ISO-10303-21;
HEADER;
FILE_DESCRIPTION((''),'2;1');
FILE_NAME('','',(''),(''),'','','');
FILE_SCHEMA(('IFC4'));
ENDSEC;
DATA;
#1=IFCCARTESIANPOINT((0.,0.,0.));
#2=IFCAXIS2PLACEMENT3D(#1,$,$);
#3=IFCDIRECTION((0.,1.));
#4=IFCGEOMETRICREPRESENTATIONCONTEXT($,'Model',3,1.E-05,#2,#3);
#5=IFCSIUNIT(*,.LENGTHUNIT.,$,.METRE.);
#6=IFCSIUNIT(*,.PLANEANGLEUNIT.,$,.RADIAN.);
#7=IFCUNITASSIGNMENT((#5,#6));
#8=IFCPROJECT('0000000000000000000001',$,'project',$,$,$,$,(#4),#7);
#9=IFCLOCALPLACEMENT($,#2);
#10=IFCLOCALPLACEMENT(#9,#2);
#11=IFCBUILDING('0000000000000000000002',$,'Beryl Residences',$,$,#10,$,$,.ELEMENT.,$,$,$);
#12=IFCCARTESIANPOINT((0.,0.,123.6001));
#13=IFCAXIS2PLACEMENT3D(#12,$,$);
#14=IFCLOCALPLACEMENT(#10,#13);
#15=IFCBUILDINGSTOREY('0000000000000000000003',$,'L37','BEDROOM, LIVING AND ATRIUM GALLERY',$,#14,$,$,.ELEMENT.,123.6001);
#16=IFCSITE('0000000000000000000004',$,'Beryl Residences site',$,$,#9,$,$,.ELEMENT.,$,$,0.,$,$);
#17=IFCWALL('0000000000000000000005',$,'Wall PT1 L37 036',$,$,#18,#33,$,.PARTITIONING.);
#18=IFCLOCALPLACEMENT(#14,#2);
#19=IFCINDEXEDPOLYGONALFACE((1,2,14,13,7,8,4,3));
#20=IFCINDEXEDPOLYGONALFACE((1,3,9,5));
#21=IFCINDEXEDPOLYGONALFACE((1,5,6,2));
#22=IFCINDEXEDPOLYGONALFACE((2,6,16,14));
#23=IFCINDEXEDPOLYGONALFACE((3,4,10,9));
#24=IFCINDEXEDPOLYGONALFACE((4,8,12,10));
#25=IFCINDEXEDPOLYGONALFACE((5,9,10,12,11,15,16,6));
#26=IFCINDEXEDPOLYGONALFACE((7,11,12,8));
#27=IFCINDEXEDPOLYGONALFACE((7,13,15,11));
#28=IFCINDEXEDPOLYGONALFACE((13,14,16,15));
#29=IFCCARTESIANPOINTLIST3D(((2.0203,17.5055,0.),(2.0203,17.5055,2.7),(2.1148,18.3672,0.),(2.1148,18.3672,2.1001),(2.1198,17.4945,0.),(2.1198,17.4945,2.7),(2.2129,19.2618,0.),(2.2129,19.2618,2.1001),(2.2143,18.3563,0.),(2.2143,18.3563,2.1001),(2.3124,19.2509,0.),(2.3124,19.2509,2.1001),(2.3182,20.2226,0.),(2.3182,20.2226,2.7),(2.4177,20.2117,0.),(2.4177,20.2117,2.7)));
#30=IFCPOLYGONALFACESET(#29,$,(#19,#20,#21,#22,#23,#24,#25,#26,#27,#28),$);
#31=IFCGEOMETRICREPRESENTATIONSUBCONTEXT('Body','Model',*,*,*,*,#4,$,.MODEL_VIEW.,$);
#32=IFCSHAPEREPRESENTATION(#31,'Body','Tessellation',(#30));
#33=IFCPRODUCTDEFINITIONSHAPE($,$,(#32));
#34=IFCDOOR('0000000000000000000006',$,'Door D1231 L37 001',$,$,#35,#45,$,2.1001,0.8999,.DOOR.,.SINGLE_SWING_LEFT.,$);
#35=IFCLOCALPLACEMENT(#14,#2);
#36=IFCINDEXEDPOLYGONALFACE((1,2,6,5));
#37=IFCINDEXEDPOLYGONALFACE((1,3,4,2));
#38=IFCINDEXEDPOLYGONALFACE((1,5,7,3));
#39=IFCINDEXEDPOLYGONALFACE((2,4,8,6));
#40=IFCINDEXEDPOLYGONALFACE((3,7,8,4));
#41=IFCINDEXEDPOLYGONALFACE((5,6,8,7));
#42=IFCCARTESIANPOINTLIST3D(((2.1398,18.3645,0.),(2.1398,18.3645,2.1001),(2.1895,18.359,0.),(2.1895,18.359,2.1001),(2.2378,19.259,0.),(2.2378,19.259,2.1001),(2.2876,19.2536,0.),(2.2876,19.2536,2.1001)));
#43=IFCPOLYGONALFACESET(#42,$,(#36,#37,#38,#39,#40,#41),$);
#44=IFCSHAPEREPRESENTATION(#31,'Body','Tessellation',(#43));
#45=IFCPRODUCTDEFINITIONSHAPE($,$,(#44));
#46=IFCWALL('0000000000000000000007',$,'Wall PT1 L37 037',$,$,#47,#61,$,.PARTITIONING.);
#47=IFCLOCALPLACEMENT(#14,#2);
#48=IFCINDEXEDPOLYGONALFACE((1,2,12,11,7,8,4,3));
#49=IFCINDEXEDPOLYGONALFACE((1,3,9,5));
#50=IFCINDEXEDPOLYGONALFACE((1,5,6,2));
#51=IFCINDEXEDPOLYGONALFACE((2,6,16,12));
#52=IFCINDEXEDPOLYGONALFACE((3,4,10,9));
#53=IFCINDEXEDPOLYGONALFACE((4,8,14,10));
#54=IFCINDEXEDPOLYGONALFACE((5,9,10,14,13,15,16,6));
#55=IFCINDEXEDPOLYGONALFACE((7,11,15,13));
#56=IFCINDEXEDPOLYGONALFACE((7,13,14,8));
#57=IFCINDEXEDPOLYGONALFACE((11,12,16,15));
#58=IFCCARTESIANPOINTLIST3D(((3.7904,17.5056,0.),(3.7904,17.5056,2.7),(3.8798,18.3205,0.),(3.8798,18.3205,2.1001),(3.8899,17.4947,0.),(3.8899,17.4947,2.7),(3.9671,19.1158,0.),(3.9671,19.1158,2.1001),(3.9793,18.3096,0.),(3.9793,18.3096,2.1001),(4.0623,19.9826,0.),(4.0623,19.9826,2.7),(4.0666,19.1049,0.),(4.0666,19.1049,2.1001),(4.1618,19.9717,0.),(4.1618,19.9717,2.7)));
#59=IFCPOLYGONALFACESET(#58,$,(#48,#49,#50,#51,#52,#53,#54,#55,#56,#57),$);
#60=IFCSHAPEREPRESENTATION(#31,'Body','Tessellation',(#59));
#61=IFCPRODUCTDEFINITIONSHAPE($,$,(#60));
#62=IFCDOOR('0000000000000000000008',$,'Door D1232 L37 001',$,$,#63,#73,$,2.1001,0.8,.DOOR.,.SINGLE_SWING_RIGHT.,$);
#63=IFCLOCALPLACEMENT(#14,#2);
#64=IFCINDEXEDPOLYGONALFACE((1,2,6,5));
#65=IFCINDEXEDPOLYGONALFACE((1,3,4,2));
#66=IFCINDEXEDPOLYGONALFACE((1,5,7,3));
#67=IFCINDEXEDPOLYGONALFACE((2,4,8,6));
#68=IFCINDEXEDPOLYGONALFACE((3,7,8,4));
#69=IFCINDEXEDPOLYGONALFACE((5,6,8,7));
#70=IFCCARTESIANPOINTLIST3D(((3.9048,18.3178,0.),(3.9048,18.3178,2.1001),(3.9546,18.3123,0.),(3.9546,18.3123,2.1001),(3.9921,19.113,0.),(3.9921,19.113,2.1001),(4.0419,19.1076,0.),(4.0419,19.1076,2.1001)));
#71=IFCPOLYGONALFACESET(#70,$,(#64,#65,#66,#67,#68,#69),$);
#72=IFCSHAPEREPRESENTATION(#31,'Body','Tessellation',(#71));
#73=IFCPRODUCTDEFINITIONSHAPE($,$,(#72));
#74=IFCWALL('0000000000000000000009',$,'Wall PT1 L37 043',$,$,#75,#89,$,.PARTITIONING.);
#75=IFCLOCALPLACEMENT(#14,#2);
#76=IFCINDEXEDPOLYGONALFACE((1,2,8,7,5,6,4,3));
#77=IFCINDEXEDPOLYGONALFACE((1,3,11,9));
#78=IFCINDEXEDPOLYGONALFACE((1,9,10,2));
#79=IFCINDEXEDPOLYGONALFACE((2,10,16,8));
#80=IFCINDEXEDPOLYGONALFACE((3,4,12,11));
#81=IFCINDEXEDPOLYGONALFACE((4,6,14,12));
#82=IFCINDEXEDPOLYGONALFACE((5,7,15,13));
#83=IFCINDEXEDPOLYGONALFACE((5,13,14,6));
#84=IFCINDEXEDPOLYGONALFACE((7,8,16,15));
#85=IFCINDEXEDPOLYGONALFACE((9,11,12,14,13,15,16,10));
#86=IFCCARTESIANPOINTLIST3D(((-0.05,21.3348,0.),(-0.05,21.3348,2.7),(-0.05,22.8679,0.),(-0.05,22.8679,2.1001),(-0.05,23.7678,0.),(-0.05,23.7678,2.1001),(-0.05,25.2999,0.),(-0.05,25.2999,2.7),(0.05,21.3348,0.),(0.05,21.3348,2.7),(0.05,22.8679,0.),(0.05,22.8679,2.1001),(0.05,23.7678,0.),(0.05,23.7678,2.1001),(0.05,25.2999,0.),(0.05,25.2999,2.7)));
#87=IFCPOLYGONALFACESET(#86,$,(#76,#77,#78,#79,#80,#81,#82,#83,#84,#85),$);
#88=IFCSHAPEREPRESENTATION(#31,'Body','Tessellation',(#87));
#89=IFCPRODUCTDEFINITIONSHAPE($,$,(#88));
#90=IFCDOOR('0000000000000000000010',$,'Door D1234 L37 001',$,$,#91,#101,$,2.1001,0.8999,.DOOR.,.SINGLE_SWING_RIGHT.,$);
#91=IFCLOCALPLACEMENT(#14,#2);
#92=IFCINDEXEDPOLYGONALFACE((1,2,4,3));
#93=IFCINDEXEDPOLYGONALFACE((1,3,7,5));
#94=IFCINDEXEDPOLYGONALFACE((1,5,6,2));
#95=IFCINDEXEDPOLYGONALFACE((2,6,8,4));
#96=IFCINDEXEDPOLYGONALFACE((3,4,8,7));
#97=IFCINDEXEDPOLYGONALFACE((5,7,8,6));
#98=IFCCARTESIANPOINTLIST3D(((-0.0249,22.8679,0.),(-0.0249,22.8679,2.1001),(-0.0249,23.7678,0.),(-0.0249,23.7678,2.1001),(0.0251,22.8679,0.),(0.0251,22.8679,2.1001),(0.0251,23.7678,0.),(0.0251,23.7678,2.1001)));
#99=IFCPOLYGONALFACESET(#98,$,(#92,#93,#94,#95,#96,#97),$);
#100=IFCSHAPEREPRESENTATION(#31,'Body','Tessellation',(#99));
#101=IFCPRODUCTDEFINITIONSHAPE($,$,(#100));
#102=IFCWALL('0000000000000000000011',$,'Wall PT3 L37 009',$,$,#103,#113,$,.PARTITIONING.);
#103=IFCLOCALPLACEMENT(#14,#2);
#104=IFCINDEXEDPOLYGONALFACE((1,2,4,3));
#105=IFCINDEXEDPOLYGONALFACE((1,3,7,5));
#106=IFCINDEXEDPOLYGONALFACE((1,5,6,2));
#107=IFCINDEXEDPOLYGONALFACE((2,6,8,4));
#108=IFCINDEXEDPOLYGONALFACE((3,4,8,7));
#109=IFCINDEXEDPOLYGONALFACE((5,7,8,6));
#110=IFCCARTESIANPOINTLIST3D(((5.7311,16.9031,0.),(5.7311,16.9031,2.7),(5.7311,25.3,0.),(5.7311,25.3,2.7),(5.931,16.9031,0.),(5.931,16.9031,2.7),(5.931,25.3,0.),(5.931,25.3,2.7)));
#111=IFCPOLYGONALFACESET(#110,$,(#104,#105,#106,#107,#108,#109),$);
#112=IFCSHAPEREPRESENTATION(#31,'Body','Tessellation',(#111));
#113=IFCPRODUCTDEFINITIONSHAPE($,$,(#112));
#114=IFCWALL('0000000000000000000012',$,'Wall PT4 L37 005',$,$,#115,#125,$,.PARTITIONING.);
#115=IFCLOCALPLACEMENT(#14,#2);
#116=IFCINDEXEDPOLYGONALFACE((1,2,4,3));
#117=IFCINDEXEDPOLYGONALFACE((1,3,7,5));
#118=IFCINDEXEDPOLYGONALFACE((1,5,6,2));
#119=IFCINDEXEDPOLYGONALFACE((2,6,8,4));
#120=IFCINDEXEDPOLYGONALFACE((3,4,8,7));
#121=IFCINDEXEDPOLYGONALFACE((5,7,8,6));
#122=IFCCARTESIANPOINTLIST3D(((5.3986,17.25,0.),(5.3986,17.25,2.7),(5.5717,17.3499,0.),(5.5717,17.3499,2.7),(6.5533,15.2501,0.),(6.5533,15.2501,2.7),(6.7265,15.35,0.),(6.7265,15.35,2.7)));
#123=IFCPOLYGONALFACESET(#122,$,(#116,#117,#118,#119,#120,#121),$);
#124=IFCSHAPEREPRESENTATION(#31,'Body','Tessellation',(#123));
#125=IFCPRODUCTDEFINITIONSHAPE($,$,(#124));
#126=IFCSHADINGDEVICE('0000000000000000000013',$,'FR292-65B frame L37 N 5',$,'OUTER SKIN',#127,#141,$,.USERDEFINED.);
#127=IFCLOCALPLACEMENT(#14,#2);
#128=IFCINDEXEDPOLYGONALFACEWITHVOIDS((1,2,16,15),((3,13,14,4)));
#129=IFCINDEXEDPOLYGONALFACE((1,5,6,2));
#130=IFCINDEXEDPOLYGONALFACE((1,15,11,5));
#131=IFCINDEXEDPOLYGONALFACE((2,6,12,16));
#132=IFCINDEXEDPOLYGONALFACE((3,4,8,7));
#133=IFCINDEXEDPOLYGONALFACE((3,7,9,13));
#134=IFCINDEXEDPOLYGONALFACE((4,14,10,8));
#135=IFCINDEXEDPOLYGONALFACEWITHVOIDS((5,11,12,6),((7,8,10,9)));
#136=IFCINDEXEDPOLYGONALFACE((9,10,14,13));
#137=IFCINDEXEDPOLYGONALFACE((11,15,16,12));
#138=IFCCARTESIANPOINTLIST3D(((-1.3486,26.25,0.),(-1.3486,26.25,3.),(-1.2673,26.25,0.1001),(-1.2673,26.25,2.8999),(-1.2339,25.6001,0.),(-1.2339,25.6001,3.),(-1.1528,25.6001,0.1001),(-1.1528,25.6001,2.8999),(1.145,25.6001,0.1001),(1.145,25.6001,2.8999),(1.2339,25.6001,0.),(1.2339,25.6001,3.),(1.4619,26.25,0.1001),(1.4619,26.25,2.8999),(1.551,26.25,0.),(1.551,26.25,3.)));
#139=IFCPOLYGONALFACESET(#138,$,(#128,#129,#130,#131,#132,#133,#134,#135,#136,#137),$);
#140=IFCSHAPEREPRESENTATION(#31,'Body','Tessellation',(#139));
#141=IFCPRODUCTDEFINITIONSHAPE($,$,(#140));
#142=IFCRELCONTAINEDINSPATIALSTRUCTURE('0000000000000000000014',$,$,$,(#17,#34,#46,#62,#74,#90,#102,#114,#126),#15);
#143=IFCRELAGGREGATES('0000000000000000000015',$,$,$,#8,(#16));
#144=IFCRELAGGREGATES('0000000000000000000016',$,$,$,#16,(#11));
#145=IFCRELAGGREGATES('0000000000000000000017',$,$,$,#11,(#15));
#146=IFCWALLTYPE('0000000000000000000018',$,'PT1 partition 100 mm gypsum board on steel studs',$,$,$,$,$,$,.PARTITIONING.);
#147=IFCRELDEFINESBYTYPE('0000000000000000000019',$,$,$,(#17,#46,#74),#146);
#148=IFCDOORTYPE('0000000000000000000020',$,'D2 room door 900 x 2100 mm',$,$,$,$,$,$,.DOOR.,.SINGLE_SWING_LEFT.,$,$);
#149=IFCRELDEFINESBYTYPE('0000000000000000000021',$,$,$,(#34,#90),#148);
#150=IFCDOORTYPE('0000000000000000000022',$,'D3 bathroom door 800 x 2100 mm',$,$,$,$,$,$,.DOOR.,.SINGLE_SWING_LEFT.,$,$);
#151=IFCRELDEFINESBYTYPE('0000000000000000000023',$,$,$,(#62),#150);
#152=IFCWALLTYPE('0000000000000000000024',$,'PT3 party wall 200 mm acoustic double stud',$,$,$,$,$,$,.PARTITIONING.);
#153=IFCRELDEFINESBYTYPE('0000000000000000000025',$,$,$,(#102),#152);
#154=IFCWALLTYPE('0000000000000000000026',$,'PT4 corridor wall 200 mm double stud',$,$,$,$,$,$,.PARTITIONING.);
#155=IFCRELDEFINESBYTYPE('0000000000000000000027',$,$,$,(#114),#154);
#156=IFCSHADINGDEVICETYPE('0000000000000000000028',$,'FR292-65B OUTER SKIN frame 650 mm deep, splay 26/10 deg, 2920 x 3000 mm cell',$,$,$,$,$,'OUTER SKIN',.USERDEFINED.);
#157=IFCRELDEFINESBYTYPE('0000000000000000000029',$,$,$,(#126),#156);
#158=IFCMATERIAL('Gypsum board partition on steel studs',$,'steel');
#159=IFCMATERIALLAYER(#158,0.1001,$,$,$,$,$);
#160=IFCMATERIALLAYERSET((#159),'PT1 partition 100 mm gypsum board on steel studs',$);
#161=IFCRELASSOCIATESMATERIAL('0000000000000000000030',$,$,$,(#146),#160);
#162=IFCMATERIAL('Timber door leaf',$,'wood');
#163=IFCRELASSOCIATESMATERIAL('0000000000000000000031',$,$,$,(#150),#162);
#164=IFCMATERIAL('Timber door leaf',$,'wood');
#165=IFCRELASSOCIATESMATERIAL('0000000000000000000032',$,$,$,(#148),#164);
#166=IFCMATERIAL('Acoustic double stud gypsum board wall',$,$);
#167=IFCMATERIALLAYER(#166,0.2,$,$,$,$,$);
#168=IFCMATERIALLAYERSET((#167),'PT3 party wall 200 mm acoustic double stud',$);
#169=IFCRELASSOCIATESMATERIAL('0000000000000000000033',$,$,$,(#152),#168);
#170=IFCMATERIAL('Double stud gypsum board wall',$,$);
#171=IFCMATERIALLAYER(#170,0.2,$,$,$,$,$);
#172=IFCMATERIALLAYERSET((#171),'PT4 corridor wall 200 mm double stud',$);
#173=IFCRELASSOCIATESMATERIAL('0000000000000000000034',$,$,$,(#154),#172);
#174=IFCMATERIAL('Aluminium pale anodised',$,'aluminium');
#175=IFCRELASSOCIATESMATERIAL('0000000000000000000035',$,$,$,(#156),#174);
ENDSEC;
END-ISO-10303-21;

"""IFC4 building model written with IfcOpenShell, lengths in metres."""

from ifc_helpers import new_model, entity, si_unit, direction, frame, frame_2d, origin, place, context, subcontext, project, spatial, rectangle, extrude, source, transform, mapped, material, layer, layer_set, type_object, type_shapes, element, fill, save


model = new_model("IFC4")

# Units and contexts
model_context = context("Model", 3, precision=1e-05, world=origin(), true_north=direction((0.0, 1.0)))
body_context = subcontext(model_context, "Body", "Model", "MODEL_VIEW")
ifc_project = project(units=[si_unit("LENGTHUNIT", "METRE"), si_unit("PLANEANGLEUNIT", "RADIAN")], contexts=[model_context])

# Site, building, storey
site_placement = place(None, origin())
site = spatial("IfcSite", under=ifc_project, at=site_placement, Name="Beryl Residences site", CompositionType="ELEMENT", RefElevation=0.0)
building_placement = place(site_placement, origin())
building = spatial("IfcBuilding", under=site, at=building_placement, Name="Beryl Residences", CompositionType="ELEMENT")
storey_placement = place(building_placement, frame((0.0, 0.0, 123.6001)))
storey = spatial("IfcBuildingStorey", under=building, at=storey_placement, Name="L37", Description="BEDROOM, LIVING AND ATRIUM GALLERY", CompositionType="ELEMENT", Elevation=123.6001)

# Shared definitions
ifc_material_1 = material(Name="Gypsum board partition on steel studs", Category="steel")
ifc_layer_1 = layer(ifc_material_1, 0.1001)
ifc_layer_set_1 = layer_set([ifc_layer_1], Name="PT1 partition 100 mm gypsum board on steel studs")
wall_type_1 = type_object("IfcWallType", Name="PT1 partition 100 mm gypsum board on steel studs", PredefinedType="PARTITIONING", material=ifc_layer_set_1)

# Shared definitions
ifc_material_2 = material(Name="Timber door leaf", Category="wood")
door_type_1 = type_object("IfcDoorType", Name="D3 bathroom door 800 x 2100 mm", OperationType="SINGLE_SWING_LEFT", PredefinedType="DOOR", material=ifc_material_2)

# Walls, openings, doors
wall_1_placement = place(storey_placement, frame((2.0701, 17.5, 0.0), z_axis=(0.0, 0.0, 1.0), x_axis=(0.108971, 0.994045, 0.0)))
wall_1 = element("IfcWall", 1, at=wall_1_placement, inside=storey, type_object=wall_type_1, Name="Wall PT1 L37 036", PredefinedType="PARTITIONING", context=body_context, shape_type="SweptSolid", body=[
    extrude(rectangle(XDim=2.7334, YDim=0.1001, at=frame_2d((1.3667, 0.0))), origin(), (0.0, 0.0, 1.0), 2.7),
])
opening_1_placement = place(wall_1_placement, frame((0.8669, 0.0, 0.0)))
opening_1 = element("IfcOpeningElement", 2, at=opening_1_placement, cuts=wall_1, PredefinedType="OPENING", context=body_context, shape_type="SweptSolid", body=[
    extrude(rectangle(XDim=0.8999, YDim=2.1001, at=frame_2d((0.45, 1.05))), frame((0.0, 0.0601, 0.0), z_axis=(0.0, -1.0, 0.0), x_axis=(1.0, 0.0, 0.0)), (0.0, 0.0, 1.0), 0.1201),
])
ifc_material_3 = material(Name="Timber door leaf", Category="wood")
door_type_2 = type_object("IfcDoorType", Name="D2 room door 900 x 2100 mm", OperationType="SINGLE_SWING_LEFT", PredefinedType="DOOR", material=ifc_material_3)
door_1_placement = place(opening_1_placement, origin())
door_1 = element("IfcDoor", 3, at=door_1_placement, inside=storey, type_object=door_type_2, Name="Door D1231 L37 001", OperationType="SINGLE_SWING_LEFT", OverallHeight=2.1001, OverallWidth=0.8999, PredefinedType="DOOR", context=body_context, shape_type="SweptSolid", body=[
    extrude(rectangle(XDim=0.8999, YDim=2.1001, at=frame_2d((0.45, 1.05))), frame((0.0, 0.0249, 0.0), z_axis=(0.0, -1.0, 0.0), x_axis=(1.0, 0.0, 0.0)), (0.0, 0.0, 1.0), 0.05),
])
fill(opening_1, door_1)
wall_2_placement = place(storey_placement, frame((3.8401, 17.5, 0.0), z_axis=(0.0, 0.0, 1.0), x_axis=(0.109141, 0.994026, 0.0)))
wall_2 = element("IfcWall", 4, at=wall_2_placement, inside=storey, type_object=wall_type_1, Name="Wall PT1 L37 037", PredefinedType="PARTITIONING", context=body_context, shape_type="SweptSolid", body=[
    extrude(rectangle(XDim=2.4919, YDim=0.1001, at=frame_2d((1.2461, 0.0))), origin(), (0.0, 0.0, 1.0), 2.7),
])
opening_2_placement = place(wall_2_placement, frame((0.8201, 0.0, 0.0)))
opening_2 = element("IfcOpeningElement", 5, at=opening_2_placement, cuts=wall_2, PredefinedType="OPENING", context=body_context, shape_type="SweptSolid", body=[
    extrude(rectangle(XDim=0.8, YDim=2.1001, at=frame_2d((0.3999, 1.05))), frame((0.0, 0.0601, 0.0), z_axis=(0.0, -1.0, 0.0), x_axis=(1.0, 0.0, 0.0)), (0.0, 0.0, 1.0), 0.1201),
])
door_2_placement = place(opening_2_placement, origin())
door_2 = element("IfcDoor", 6, at=door_2_placement, inside=storey, type_object=door_type_1, Name="Door D1232 L37 001", OperationType="SINGLE_SWING_RIGHT", OverallHeight=2.1001, OverallWidth=0.8, PredefinedType="DOOR", context=body_context, shape_type="SweptSolid", body=[
    extrude(rectangle(XDim=0.8, YDim=2.1001, at=frame_2d((0.3999, 1.05))), frame((0.0, 0.0249, 0.0), z_axis=(0.0, -1.0, 0.0), x_axis=(1.0, 0.0, 0.0)), (0.0, 0.0, 1.0), 0.05),
])
fill(opening_2, door_2)
wall_3_placement = place(storey_placement, frame((0.0, 21.335, 0.0), z_axis=(0.0, 0.0, 1.0), x_axis=(0.0, 1.0, 0.0)))
wall_3 = element("IfcWall", 7, at=wall_3_placement, inside=storey, type_object=wall_type_1, Name="Wall PT1 L37 043", PredefinedType="PARTITIONING", context=body_context, shape_type="SweptSolid", body=[
    extrude(rectangle(XDim=3.9651, YDim=0.1001, at=frame_2d((1.9824, 0.0))), origin(), (0.0, 0.0, 1.0), 2.7),
])
opening_3_placement = place(wall_3_placement, frame((1.533, 0.0, 0.0)))
opening_3 = element("IfcOpeningElement", 8, at=opening_3_placement, cuts=wall_3, PredefinedType="OPENING", context=body_context, shape_type="SweptSolid", body=[
    extrude(rectangle(XDim=0.8999, YDim=2.1001, at=frame_2d((0.45, 1.05))), frame((0.0, 0.0601, 0.0), z_axis=(0.0, -1.0, 0.0), x_axis=(1.0, 0.0, 0.0)), (0.0, 0.0, 1.0), 0.1201),
])
door_3_placement = place(opening_3_placement, origin())
door_3 = element("IfcDoor", 9, at=door_3_placement, inside=storey, type_object=door_type_2, Name="Door D1234 L37 001", OperationType="SINGLE_SWING_RIGHT", OverallHeight=2.1001, OverallWidth=0.8999, PredefinedType="DOOR", context=body_context, shape_type="SweptSolid", body=[
    extrude(rectangle(XDim=0.8999, YDim=2.1001, at=frame_2d((0.45, 1.05))), frame((0.0, 0.0249, 0.0), z_axis=(0.0, -1.0, 0.0), x_axis=(1.0, 0.0, 0.0)), (0.0, 0.0, 1.0), 0.05),
])
fill(opening_3, door_3)

# Walls
ifc_material_4 = material(Name="Acoustic double stud gypsum board wall")
ifc_layer_2 = layer(ifc_material_4, 0.2)
ifc_layer_set_2 = layer_set([ifc_layer_2], Name="PT3 party wall 200 mm acoustic double stud")
wall_type_2 = type_object("IfcWallType", Name="PT3 party wall 200 mm acoustic double stud", PredefinedType="PARTITIONING", material=ifc_layer_set_2)
wall_4_placement = place(storey_placement, frame((5.8311, 16.9031, 0.0), z_axis=(0.0, 0.0, 1.0), x_axis=(0.0, 1.0, 0.0)))
element("IfcWall", 10, at=wall_4_placement, inside=storey, type_object=wall_type_2, Name="Wall PT3 L37 009", PredefinedType="PARTITIONING", context=body_context, shape_type="SweptSolid", body=[
    extrude(rectangle(XDim=8.397, YDim=0.2, at=frame_2d((4.1985, 0.0))), origin(), (0.0, 0.0, 1.0), 2.7),
])
ifc_material_5 = material(Name="Double stud gypsum board wall")
ifc_layer_3 = layer(ifc_material_5, 0.2)
ifc_layer_set_3 = layer_set([ifc_layer_3], Name="PT4 corridor wall 200 mm double stud")
wall_type_3 = type_object("IfcWallType", Name="PT4 corridor wall 200 mm double stud", PredefinedType="PARTITIONING", material=ifc_layer_set_3)
wall_5_placement = place(storey_placement, frame((5.4851, 17.3, 0.0), z_axis=(0.0, 0.0, 1.0), x_axis=(0.500027, -0.86601, 0.0)))
element("IfcWall", 11, at=wall_5_placement, inside=storey, type_object=wall_type_3, Name="Wall PT4 L37 005", PredefinedType="PARTITIONING", context=body_context, shape_type="SweptSolid", body=[
    extrude(rectangle(XDim=2.3093, YDim=0.2, at=frame_2d((1.1548, 0.0))), origin(), (0.0, 0.0, 1.0), 2.7),
])

# Shading device
ifc_material_6 = material(Name="Aluminium pale anodised", Category="aluminium")
shading_device_type_1 = type_object("IfcShadingDeviceType", Name="FR292-65B OUTER SKIN frame 650 mm deep, splay 26/10 deg, 2920 x 3000 mm cell", ElementType="OUTER SKIN", PredefinedType="USERDEFINED", material=ifc_material_6)
cartesian_point_1 = entity("IfcCartesianPoint", [-1.2339, 0.0])
cartesian_point_2 = entity("IfcCartesianPoint", [-1.145, 0.1001])
cartesian_point_3 = entity("IfcCartesianPoint", [-1.551, 0.0])
cartesian_point_4 = entity("IfcCartesianPoint", [-1.4619, 0.1001])
shared_shape_1 = source(origin(), body_context, "Body", "SweptSolid", [
    entity("IfcExtrudedAreaSolidTapered", entity("IfcArbitraryProfileDefWithVoids", "AREA", None, entity("IfcPolyline", [cartesian_point_1, entity("IfcCartesianPoint", [1.2339, 0.0]), entity("IfcCartesianPoint", [1.2339, 3.0]), entity("IfcCartesianPoint", [-1.2339, 3.0]), cartesian_point_1]), [entity("IfcPolyline", [cartesian_point_2, entity("IfcCartesianPoint", [1.1528, 0.1001]), entity("IfcCartesianPoint", [1.1528, 2.8999]), entity("IfcCartesianPoint", [-1.145, 2.8999]), cartesian_point_2])]), entity("IfcAxis2Placement3D", entity("IfcCartesianPoint", [0.0, 0.0, 0.0]), entity("IfcDirection", [0.0, 1.0, 0.0]), entity("IfcDirection", [-1.0, 0.0, 0.0])), entity("IfcDirection", [0.0, 0.0, 1.0]), 0.6499, entity("IfcArbitraryProfileDefWithVoids", "AREA", None, entity("IfcPolyline", [cartesian_point_3, entity("IfcCartesianPoint", [1.3486, 0.0]), entity("IfcCartesianPoint", [1.3486, 3.0]), entity("IfcCartesianPoint", [-1.551, 3.0]), cartesian_point_3]), [entity("IfcPolyline", [cartesian_point_4, entity("IfcCartesianPoint", [1.2673, 0.1001]), entity("IfcCartesianPoint", [1.2673, 2.8999]), entity("IfcCartesianPoint", [-1.4619, 2.8999]), cartesian_point_4])])),
])
type_shapes(shading_device_type_1, [shared_shape_1])
for number, where, z_axis, x_axis, name in (
    (12, (0.0, 25.6001, 0.0), (0.0, 0.0, 1.0), (1.0, 0.0, 0.0), "FR292-65B frame L37 N 5"),
):
    element("IfcShadingDevice", number, at=place(storey_placement, frame(where, z_axis=z_axis, x_axis=x_axis)), inside=storey, type_object=shading_device_type_1, Name=name, ObjectType="OUTER SKIN", PredefinedType="USERDEFINED", context=body_context, shape_type="MappedRepresentation", body=[
        mapped(shared_shape_1, transform((0.0, 0.0, 0.0))),
    ])

save(model, "model.ifc")
